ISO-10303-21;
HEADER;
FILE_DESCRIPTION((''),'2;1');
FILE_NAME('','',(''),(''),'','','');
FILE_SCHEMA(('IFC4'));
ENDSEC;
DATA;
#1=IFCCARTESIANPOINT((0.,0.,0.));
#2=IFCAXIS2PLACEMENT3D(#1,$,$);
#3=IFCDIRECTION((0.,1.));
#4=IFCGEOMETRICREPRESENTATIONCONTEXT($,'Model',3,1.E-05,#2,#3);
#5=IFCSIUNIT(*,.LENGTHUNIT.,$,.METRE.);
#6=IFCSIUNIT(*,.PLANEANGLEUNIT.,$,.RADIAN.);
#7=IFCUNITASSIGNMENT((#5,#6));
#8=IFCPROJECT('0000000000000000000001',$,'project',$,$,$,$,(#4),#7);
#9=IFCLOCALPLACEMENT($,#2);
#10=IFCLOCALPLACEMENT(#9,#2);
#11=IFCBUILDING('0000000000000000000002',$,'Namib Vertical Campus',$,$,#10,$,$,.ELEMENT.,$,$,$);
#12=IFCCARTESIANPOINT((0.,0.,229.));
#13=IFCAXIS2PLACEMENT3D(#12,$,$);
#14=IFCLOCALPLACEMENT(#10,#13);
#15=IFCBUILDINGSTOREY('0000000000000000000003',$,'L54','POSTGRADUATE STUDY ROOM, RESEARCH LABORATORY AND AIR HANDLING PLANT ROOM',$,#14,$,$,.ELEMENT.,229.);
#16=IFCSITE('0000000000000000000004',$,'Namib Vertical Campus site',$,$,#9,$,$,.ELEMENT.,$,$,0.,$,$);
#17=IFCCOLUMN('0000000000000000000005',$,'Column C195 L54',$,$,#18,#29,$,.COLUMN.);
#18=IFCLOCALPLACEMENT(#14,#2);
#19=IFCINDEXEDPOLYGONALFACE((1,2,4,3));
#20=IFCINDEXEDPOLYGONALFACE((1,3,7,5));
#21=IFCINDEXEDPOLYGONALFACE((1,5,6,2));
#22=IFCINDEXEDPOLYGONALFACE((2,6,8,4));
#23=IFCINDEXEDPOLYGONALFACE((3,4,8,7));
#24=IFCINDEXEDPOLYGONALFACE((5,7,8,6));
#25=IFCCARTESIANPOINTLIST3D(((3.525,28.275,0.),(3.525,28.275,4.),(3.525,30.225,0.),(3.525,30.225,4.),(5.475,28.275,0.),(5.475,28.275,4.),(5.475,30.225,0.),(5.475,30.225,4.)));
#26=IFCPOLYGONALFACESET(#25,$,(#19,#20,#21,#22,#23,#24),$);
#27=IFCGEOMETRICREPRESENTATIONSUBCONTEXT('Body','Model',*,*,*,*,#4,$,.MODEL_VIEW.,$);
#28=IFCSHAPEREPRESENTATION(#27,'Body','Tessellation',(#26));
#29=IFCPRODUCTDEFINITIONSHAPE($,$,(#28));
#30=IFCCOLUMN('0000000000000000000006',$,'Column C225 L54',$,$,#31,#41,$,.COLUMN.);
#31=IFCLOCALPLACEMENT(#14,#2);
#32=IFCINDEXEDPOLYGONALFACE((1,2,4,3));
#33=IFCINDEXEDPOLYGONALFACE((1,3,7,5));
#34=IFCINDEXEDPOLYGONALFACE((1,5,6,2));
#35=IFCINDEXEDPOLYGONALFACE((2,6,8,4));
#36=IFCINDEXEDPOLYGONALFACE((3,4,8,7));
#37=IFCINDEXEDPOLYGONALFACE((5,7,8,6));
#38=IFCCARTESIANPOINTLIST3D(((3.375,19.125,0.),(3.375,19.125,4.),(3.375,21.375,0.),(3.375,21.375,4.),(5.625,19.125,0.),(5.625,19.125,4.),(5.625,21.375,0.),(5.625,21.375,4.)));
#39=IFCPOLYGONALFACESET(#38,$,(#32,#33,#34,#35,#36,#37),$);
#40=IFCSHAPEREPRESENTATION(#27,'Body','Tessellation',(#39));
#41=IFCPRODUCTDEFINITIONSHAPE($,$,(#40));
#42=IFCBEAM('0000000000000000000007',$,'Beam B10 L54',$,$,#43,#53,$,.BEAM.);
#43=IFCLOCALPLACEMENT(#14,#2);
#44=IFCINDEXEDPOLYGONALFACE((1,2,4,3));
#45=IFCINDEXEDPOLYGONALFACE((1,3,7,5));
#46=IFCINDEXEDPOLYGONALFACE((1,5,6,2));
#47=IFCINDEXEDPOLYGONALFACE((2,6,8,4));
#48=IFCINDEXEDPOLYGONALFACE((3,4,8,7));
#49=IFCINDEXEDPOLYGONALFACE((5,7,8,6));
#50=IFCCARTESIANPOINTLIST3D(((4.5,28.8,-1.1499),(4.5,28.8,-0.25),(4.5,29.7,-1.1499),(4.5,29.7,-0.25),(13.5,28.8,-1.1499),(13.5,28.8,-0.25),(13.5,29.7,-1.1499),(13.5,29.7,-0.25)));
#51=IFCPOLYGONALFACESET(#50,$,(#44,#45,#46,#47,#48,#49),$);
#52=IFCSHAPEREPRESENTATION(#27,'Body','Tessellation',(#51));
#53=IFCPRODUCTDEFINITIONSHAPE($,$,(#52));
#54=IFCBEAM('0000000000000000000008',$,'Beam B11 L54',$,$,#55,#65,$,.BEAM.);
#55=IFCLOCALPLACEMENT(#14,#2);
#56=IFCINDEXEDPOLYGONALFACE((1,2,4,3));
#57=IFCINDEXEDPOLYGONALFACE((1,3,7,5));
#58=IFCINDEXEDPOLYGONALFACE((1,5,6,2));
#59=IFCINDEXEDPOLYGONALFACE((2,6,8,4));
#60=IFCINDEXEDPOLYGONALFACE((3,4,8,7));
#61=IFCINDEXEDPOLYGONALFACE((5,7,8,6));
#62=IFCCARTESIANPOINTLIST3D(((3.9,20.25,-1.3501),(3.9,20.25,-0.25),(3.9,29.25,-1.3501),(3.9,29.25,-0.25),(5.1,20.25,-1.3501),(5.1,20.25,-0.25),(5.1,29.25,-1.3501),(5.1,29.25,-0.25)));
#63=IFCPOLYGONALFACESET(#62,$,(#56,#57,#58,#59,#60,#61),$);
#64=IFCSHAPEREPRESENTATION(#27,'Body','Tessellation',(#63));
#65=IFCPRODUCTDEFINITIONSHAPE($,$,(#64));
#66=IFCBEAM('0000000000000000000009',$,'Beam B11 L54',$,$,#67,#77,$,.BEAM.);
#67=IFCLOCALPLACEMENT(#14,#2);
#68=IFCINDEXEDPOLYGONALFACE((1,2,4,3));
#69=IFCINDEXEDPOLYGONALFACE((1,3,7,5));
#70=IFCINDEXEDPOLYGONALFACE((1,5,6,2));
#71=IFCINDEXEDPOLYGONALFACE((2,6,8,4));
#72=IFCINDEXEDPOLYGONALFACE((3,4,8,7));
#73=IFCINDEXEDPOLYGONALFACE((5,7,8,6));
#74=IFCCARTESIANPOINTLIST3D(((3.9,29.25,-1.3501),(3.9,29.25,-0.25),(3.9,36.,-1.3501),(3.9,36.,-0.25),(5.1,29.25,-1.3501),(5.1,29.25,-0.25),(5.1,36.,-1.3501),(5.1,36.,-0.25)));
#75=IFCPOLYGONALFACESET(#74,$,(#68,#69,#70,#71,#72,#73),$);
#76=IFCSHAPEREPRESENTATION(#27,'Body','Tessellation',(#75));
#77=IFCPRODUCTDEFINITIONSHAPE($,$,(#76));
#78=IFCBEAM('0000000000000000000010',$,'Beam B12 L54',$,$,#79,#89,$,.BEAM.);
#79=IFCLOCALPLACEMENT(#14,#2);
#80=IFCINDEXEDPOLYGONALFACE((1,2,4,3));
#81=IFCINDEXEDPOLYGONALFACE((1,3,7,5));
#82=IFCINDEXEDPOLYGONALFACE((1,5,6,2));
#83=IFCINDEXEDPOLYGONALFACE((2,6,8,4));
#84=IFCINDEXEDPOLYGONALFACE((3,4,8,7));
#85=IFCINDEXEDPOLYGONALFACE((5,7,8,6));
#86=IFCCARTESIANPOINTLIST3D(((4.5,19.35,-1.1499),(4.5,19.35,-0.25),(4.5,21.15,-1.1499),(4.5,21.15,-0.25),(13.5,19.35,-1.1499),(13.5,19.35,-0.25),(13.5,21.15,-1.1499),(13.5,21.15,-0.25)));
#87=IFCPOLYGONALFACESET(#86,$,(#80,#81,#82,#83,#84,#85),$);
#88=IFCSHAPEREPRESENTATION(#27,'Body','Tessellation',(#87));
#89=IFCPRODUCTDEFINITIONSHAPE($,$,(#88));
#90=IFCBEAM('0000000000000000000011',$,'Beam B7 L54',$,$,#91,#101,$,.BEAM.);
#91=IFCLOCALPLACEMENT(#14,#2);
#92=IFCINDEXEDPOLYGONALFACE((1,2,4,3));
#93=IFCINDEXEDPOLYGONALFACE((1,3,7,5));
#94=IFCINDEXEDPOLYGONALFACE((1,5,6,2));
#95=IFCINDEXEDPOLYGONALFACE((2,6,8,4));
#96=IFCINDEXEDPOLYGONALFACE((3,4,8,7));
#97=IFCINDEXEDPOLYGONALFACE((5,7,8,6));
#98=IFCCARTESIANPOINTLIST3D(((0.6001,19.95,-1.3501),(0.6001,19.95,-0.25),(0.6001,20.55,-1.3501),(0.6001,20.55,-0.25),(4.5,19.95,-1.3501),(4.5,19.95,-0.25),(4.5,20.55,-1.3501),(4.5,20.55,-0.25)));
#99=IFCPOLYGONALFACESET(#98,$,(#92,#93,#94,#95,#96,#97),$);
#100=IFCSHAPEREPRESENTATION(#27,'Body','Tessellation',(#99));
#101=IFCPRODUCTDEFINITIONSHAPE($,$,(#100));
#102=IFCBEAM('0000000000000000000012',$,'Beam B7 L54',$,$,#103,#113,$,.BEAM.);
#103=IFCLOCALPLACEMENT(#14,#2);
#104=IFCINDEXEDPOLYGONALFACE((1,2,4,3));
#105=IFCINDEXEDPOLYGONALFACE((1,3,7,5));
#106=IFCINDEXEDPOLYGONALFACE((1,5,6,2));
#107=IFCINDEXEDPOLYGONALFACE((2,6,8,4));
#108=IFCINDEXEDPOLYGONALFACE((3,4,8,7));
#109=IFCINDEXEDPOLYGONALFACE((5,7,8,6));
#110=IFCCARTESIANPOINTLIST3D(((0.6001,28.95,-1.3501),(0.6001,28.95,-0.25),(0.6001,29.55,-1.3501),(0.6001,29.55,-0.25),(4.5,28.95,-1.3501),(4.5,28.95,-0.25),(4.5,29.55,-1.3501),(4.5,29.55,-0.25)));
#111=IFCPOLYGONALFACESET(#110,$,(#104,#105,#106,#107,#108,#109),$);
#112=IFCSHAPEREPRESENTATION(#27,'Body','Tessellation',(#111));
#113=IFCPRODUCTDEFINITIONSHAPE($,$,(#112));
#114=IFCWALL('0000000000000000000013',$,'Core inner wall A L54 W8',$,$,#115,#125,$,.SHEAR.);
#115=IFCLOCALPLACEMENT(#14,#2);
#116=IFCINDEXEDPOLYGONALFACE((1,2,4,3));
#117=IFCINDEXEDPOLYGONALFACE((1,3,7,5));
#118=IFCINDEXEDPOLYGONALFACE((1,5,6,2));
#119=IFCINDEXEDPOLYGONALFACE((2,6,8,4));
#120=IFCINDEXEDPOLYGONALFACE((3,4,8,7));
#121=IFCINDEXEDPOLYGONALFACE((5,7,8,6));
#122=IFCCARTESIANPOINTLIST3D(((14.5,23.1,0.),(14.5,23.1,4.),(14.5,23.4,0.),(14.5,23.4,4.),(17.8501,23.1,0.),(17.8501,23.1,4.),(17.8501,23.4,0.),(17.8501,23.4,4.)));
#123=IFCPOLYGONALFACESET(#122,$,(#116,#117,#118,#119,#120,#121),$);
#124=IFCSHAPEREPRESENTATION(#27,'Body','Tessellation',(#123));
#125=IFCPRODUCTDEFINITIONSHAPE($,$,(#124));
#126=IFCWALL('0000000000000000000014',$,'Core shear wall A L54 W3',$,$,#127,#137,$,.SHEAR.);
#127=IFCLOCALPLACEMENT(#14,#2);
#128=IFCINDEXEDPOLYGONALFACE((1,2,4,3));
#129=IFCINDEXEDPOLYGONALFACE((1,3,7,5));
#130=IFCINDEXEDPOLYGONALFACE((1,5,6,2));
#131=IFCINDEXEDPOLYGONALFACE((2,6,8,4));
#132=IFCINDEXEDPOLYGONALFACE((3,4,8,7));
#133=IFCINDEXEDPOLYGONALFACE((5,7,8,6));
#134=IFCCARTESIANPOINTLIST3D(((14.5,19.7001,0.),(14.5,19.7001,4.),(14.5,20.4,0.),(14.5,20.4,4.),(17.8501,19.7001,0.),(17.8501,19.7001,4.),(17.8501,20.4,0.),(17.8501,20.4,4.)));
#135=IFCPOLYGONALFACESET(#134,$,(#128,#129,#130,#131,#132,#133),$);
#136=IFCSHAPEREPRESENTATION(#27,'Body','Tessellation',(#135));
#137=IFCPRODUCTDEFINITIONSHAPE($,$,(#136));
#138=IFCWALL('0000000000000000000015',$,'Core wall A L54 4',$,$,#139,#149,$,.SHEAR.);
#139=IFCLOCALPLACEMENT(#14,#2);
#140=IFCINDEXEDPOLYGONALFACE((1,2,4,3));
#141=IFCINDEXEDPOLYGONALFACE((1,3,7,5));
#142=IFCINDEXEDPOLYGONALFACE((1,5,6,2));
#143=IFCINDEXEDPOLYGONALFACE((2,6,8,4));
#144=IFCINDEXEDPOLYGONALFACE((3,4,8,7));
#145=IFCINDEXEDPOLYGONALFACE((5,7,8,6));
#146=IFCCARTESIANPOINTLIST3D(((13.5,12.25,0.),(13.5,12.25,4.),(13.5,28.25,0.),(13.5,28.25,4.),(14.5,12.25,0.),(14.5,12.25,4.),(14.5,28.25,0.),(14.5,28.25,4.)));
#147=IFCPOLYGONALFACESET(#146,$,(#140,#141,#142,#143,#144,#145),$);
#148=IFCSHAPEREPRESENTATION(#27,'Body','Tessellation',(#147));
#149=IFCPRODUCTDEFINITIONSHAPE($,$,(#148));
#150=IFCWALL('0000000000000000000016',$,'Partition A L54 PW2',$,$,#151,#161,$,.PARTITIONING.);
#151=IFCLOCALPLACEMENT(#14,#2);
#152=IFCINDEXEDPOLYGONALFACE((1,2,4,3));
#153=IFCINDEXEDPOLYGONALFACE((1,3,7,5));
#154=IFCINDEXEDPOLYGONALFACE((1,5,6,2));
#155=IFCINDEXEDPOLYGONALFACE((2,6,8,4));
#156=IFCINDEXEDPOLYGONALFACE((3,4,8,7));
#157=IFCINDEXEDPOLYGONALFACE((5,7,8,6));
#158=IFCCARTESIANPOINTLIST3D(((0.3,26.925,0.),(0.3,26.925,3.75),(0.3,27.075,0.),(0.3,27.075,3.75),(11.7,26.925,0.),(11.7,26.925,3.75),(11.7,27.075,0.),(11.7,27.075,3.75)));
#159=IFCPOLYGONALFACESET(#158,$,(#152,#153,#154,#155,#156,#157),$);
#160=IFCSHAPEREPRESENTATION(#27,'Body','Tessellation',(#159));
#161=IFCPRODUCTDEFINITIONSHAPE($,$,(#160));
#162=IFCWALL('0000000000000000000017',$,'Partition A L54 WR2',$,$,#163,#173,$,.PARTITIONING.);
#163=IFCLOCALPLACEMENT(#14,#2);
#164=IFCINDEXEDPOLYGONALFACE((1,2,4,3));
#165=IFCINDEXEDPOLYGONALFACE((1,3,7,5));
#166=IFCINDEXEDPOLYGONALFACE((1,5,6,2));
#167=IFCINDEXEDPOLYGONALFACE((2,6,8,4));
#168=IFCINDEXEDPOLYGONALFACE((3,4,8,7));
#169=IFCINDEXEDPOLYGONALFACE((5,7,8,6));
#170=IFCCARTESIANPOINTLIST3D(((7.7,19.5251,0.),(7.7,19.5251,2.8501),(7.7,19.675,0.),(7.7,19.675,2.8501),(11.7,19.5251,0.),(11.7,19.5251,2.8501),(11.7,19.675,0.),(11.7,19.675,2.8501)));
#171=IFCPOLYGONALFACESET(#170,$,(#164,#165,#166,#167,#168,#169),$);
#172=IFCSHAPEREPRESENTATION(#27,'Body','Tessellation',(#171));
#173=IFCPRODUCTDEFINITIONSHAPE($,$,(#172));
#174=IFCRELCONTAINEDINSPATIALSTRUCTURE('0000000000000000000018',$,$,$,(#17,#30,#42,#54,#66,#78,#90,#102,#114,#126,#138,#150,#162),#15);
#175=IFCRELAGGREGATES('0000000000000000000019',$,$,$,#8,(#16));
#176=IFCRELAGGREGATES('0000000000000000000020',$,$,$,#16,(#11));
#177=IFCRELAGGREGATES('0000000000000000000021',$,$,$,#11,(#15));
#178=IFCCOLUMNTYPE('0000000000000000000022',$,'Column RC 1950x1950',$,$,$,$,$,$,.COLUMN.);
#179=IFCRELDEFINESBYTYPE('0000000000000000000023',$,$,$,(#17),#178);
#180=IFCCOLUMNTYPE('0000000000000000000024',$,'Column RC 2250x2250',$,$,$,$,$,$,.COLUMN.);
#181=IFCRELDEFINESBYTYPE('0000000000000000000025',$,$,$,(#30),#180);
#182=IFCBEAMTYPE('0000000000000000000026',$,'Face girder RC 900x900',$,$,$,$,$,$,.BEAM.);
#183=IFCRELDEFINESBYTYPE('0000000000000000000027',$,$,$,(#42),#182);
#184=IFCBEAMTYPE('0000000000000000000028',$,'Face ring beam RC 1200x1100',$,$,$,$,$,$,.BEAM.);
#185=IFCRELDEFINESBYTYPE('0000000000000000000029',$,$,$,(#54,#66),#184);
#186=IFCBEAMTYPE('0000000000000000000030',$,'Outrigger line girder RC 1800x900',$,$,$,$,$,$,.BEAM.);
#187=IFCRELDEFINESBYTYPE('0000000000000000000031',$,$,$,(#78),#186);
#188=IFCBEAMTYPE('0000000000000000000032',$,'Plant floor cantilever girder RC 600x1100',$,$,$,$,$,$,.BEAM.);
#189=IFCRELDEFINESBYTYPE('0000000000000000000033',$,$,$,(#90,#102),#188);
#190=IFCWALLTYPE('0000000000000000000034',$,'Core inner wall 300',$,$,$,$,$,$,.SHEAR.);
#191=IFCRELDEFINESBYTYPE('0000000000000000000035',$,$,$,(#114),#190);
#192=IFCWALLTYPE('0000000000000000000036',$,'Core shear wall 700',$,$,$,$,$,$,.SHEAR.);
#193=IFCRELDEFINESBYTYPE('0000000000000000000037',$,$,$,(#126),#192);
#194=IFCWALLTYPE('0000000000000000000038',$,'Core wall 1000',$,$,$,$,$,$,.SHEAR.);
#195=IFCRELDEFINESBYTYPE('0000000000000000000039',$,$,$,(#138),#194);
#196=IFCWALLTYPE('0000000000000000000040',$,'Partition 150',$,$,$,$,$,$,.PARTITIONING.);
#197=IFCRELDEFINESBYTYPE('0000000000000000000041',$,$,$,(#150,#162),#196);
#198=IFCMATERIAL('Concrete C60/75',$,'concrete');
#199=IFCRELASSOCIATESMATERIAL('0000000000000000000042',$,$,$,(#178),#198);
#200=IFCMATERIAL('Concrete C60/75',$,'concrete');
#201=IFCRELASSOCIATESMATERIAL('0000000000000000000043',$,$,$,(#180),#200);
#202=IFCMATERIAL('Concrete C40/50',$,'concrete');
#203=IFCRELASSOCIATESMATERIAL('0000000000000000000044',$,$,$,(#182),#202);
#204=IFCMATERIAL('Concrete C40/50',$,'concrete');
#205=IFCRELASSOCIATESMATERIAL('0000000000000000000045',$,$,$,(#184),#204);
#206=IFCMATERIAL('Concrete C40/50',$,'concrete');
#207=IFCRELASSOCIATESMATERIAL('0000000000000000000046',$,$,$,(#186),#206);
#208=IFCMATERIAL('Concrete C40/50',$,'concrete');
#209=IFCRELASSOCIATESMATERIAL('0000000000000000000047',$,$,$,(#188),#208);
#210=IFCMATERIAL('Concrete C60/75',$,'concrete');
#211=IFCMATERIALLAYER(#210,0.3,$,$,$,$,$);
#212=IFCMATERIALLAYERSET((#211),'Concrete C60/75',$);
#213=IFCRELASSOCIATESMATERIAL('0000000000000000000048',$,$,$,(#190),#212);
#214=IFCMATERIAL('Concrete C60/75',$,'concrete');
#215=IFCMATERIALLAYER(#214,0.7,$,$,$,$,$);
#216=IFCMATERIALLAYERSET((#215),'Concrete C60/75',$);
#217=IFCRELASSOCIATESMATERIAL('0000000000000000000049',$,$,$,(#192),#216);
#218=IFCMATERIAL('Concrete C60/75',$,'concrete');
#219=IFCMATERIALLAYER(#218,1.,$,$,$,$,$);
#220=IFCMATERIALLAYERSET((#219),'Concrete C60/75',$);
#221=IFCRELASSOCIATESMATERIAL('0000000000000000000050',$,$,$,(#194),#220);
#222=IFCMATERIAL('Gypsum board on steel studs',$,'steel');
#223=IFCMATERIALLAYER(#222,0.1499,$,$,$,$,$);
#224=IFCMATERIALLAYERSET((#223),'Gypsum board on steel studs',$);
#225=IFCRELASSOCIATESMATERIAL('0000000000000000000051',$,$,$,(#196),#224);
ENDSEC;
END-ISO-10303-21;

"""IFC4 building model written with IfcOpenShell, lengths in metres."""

from ifc_helpers import new_model, si_unit, direction, frame, frame_2d, origin, origin_2d, place, context, subcontext, project, spatial, rectangle, extrude, material, layer, layer_set, material_profile, profile_set, type_object, element, save


model = new_model("IFC4")

# Units and contexts
model_context = context("Model", 3, precision=1e-05, world=origin(), true_north=direction((0.0, 1.0)))
body_context = subcontext(model_context, "Body", "Model", "MODEL_VIEW")
ifc_project = project(units=[si_unit("LENGTHUNIT", "METRE"), si_unit("PLANEANGLEUNIT", "RADIAN")], contexts=[model_context])

# Site, building, storey
site_placement = place(None, origin())
site = spatial("IfcSite", under=ifc_project, at=site_placement, Name="Namib Vertical Campus site", CompositionType="ELEMENT", RefElevation=0.0)
building_placement = place(site_placement, origin())
building = spatial("IfcBuilding", under=site, at=building_placement, Name="Namib Vertical Campus", CompositionType="ELEMENT")
storey_placement = place(building_placement, frame((0.0, 0.0, 229.0)))
storey = spatial("IfcBuildingStorey", under=building, at=storey_placement, Name="L54", Description="POSTGRADUATE STUDY ROOM, RESEARCH LABORATORY AND AIR HANDLING PLANT ROOM", CompositionType="ELEMENT", Elevation=229.0)

# Columns
ifc_material_1 = material(Name="Concrete C60/75", Category="concrete")
ifc_material_profile_1 = material_profile(ifc_material_1, rectangle(XDim=1.95, YDim=1.95, at=origin_2d()))
ifc_profile_set_1 = profile_set([ifc_material_profile_1], Name="Concrete C60/75")
column_type_1 = type_object("IfcColumnType", Name="Column RC 1950x1950", PredefinedType="COLUMN", material=ifc_profile_set_1)
column_1_placement = place(storey_placement, frame((4.5, 29.25, 0.0), z_axis=(0.0, 0.0, 1.0), x_axis=(1.0, 0.0, 0.0)))
element("IfcColumn", 1, at=column_1_placement, inside=storey, type_object=column_type_1, Name="Column C195 L54", PredefinedType="COLUMN", context=body_context, shape_type="SweptSolid", body=[
    extrude(rectangle(XDim=1.95, YDim=1.95, at=origin_2d()), origin(), (0.0, 0.0, 1.0), 4.0),
])
ifc_material_2 = material(Name="Concrete C60/75", Category="concrete")
ifc_material_profile_2 = material_profile(ifc_material_2, rectangle(XDim=2.25, YDim=2.25, at=origin_2d()))
ifc_profile_set_2 = profile_set([ifc_material_profile_2], Name="Concrete C60/75")
column_type_2 = type_object("IfcColumnType", Name="Column RC 2250x2250", PredefinedType="COLUMN", material=ifc_profile_set_2)
column_2_placement = place(storey_placement, frame((4.5, 20.25, 0.0), z_axis=(0.0, 0.0, 1.0), x_axis=(1.0, 0.0, 0.0)))
element("IfcColumn", 2, at=column_2_placement, inside=storey, type_object=column_type_2, Name="Column C225 L54", PredefinedType="COLUMN", context=body_context, shape_type="SweptSolid", body=[
    extrude(rectangle(XDim=2.25, YDim=2.25, at=origin_2d()), origin(), (0.0, 0.0, 1.0), 4.0),
])

# Beams
ifc_material_3 = material(Name="Concrete C40/50", Category="concrete")
ifc_material_profile_3 = material_profile(ifc_material_3, rectangle(XDim=0.8999, YDim=0.8999, at=origin_2d()))
ifc_profile_set_3 = profile_set([ifc_material_profile_3], Name="Concrete C40/50")
beam_type_1 = type_object("IfcBeamType", Name="Face girder RC 900x900", PredefinedType="BEAM", material=ifc_profile_set_3)
beam_1_placement = place(storey_placement, frame((4.5, 29.25, -0.7), z_axis=(1.0, 0.0, 0.0), x_axis=(0.0, 1.0, 0.0)))
element("IfcBeam", 3, at=beam_1_placement, inside=storey, type_object=beam_type_1, Name="Beam B10 L54", PredefinedType="BEAM", context=body_context, shape_type="SweptSolid", body=[
    extrude(rectangle(XDim=0.8999, YDim=0.8999, at=origin_2d()), origin(), (0.0, 0.0, 1.0), 9.0),
])
ifc_material_4 = material(Name="Concrete C40/50", Category="concrete")
ifc_material_profile_4 = material_profile(ifc_material_4, rectangle(XDim=1.2, YDim=1.1001, at=origin_2d()))
ifc_profile_set_4 = profile_set([ifc_material_profile_4], Name="Concrete C40/50")
beam_type_2 = type_object("IfcBeamType", Name="Face ring beam RC 1200x1100", PredefinedType="BEAM", material=ifc_profile_set_4)
beam_2_placement = place(storey_placement, frame((4.5, 20.25, -0.8), z_axis=(0.0, 1.0, 0.0), x_axis=(-1.0, 0.0, 0.0)))
element("IfcBeam", 4, at=beam_2_placement, inside=storey, type_object=beam_type_2, Name="Beam B11 L54", PredefinedType="BEAM", context=body_context, shape_type="SweptSolid", body=[
    extrude(rectangle(XDim=1.2, YDim=1.1001, at=origin_2d()), origin(), (0.0, 0.0, 1.0), 9.0),
])
beam_3_placement = place(storey_placement, frame((4.5, 29.25, -0.8), z_axis=(0.0, 1.0, 0.0), x_axis=(-1.0, 0.0, 0.0)))
element("IfcBeam", 5, at=beam_3_placement, inside=storey, type_object=beam_type_2, Name="Beam B11 L54", PredefinedType="BEAM", context=body_context, shape_type="SweptSolid", body=[
    extrude(rectangle(XDim=1.2, YDim=1.1001, at=origin_2d()), origin(), (0.0, 0.0, 1.0), 6.75),
])
ifc_material_5 = material(Name="Concrete C40/50", Category="concrete")
ifc_material_profile_5 = material_profile(ifc_material_5, rectangle(XDim=1.8, YDim=0.8999, at=origin_2d()))
ifc_profile_set_5 = profile_set([ifc_material_profile_5], Name="Concrete C40/50")
beam_type_3 = type_object("IfcBeamType", Name="Outrigger line girder RC 1800x900", PredefinedType="BEAM", material=ifc_profile_set_5)
beam_4_placement = place(storey_placement, frame((4.5, 20.25, -0.7), z_axis=(1.0, 0.0, 0.0), x_axis=(0.0, 1.0, 0.0)))
element("IfcBeam", 6, at=beam_4_placement, inside=storey, type_object=beam_type_3, Name="Beam B12 L54", PredefinedType="BEAM", context=body_context, shape_type="SweptSolid", body=[
    extrude(rectangle(XDim=1.8, YDim=0.8999, at=origin_2d()), origin(), (0.0, 0.0, 1.0), 9.0),
])
ifc_material_6 = material(Name="Concrete C40/50", Category="concrete")
ifc_material_profile_6 = material_profile(ifc_material_6, rectangle(XDim=0.6001, YDim=1.1001, at=origin_2d()))
ifc_profile_set_6 = profile_set([ifc_material_profile_6], Name="Concrete C40/50")
beam_type_4 = type_object("IfcBeamType", Name="Plant floor cantilever girder RC 600x1100", PredefinedType="BEAM", material=ifc_profile_set_6)
for number, where, z_axis, x_axis, name in (
    (7, (4.5, 20.25, -0.8), (-1.0, 0.0, 0.0), (0.0, -1.0, 0.0), "Beam B7 L54"),
    (8, (4.5, 29.25, -0.8), (-1.0, 0.0, 0.0), (0.0, -1.0, 0.0), "Beam B7 L54"),
):
    element("IfcBeam", number, at=place(storey_placement, frame(where, z_axis=z_axis, x_axis=x_axis)), inside=storey, type_object=beam_type_4, Name=name, PredefinedType="BEAM", context=body_context, shape_type="SweptSolid", body=[
        extrude(rectangle(XDim=0.6001, YDim=1.1001, at=origin_2d()), origin(), (0.0, 0.0, 1.0), 3.8999),
    ])

# Walls
ifc_material_7 = material(Name="Concrete C60/75", Category="concrete")
ifc_layer_1 = layer(ifc_material_7, 0.3)
ifc_layer_set_1 = layer_set([ifc_layer_1], Name="Concrete C60/75")
wall_type_1 = type_object("IfcWallType", Name="Core inner wall 300", PredefinedType="SHEAR", material=ifc_layer_set_1)
wall_1_placement = place(storey_placement, frame((14.5, 23.25, 0.0), z_axis=(0.0, 0.0, 1.0), x_axis=(1.0, 0.0, 0.0)))
element("IfcWall", 9, at=wall_1_placement, inside=storey, type_object=wall_type_1, Name="Core inner wall A L54 W8", PredefinedType="SHEAR", context=body_context, shape_type="SweptSolid", body=[
    extrude(rectangle(XDim=3.3501, YDim=0.3, at=frame_2d((1.675, 0.0))), origin(), (0.0, 0.0, 1.0), 4.0),
])
ifc_material_8 = material(Name="Concrete C60/75", Category="concrete")
ifc_layer_2 = layer(ifc_material_8, 0.7)
ifc_layer_set_2 = layer_set([ifc_layer_2], Name="Concrete C60/75")
wall_type_2 = type_object("IfcWallType", Name="Core shear wall 700", PredefinedType="SHEAR", material=ifc_layer_set_2)
wall_2_placement = place(storey_placement, frame((14.5, 20.05, 0.0), z_axis=(0.0, 0.0, 1.0), x_axis=(1.0, 0.0, 0.0)))
element("IfcWall", 10, at=wall_2_placement, inside=storey, type_object=wall_type_2, Name="Core shear wall A L54 W3", PredefinedType="SHEAR", context=body_context, shape_type="SweptSolid", body=[
    extrude(rectangle(XDim=3.3501, YDim=0.7, at=frame_2d((1.675, 0.0))), origin(), (0.0, 0.0, 1.0), 4.0),
])
ifc_material_9 = material(Name="Concrete C60/75", Category="concrete")
ifc_layer_3 = layer(ifc_material_9, 1.0)
ifc_layer_set_3 = layer_set([ifc_layer_3], Name="Concrete C60/75")
wall_type_3 = type_object("IfcWallType", Name="Core wall 1000", PredefinedType="SHEAR", material=ifc_layer_set_3)
wall_3_placement = place(storey_placement, frame((14.0, 28.25, 0.0), z_axis=(0.0, 0.0, 1.0), x_axis=(0.0, -1.0, 0.0)))
element("IfcWall", 11, at=wall_3_placement, inside=storey, type_object=wall_type_3, Name="Core wall A L54 4", PredefinedType="SHEAR", context=body_context, shape_type="SweptSolid", body=[
    extrude(rectangle(XDim=16.0, YDim=1.0, at=frame_2d((8.0, 0.0))), origin(), (0.0, 0.0, 1.0), 4.0),
])
ifc_material_10 = material(Name="Gypsum board on steel studs", Category="steel")
ifc_layer_4 = layer(ifc_material_10, 0.1499)
ifc_layer_set_4 = layer_set([ifc_layer_4], Name="Gypsum board on steel studs")
wall_type_4 = type_object("IfcWallType", Name="Partition 150", PredefinedType="PARTITIONING", material=ifc_layer_set_4)
wall_4_placement = place(storey_placement, frame((0.3, 27.0, 0.0), z_axis=(0.0, 0.0, 1.0), x_axis=(1.0, 0.0, 0.0)))
element("IfcWall", 12, at=wall_4_placement, inside=storey, type_object=wall_type_4, Name="Partition A L54 PW2", PredefinedType="PARTITIONING", context=body_context, shape_type="SweptSolid", body=[
    extrude(rectangle(XDim=11.3999, YDim=0.1499, at=frame_2d((5.7, 0.0))), origin(), (0.0, 0.0, 1.0), 3.75),
])
wall_5_placement = place(storey_placement, frame((11.7, 19.6001, 0.0), z_axis=(0.0, 0.0, 1.0), x_axis=(-1.0, 0.0, 0.0)))
element("IfcWall", 13, at=wall_5_placement, inside=storey, type_object=wall_type_4, Name="Partition A L54 WR2", PredefinedType="PARTITIONING", context=body_context, shape_type="SweptSolid", body=[
    extrude(rectangle(XDim=4.0, YDim=0.1499, at=frame_2d((2.0, 0.0))), origin(), (0.0, 0.0, 1.0), 2.8501),
])

save(model, "model.ifc")
